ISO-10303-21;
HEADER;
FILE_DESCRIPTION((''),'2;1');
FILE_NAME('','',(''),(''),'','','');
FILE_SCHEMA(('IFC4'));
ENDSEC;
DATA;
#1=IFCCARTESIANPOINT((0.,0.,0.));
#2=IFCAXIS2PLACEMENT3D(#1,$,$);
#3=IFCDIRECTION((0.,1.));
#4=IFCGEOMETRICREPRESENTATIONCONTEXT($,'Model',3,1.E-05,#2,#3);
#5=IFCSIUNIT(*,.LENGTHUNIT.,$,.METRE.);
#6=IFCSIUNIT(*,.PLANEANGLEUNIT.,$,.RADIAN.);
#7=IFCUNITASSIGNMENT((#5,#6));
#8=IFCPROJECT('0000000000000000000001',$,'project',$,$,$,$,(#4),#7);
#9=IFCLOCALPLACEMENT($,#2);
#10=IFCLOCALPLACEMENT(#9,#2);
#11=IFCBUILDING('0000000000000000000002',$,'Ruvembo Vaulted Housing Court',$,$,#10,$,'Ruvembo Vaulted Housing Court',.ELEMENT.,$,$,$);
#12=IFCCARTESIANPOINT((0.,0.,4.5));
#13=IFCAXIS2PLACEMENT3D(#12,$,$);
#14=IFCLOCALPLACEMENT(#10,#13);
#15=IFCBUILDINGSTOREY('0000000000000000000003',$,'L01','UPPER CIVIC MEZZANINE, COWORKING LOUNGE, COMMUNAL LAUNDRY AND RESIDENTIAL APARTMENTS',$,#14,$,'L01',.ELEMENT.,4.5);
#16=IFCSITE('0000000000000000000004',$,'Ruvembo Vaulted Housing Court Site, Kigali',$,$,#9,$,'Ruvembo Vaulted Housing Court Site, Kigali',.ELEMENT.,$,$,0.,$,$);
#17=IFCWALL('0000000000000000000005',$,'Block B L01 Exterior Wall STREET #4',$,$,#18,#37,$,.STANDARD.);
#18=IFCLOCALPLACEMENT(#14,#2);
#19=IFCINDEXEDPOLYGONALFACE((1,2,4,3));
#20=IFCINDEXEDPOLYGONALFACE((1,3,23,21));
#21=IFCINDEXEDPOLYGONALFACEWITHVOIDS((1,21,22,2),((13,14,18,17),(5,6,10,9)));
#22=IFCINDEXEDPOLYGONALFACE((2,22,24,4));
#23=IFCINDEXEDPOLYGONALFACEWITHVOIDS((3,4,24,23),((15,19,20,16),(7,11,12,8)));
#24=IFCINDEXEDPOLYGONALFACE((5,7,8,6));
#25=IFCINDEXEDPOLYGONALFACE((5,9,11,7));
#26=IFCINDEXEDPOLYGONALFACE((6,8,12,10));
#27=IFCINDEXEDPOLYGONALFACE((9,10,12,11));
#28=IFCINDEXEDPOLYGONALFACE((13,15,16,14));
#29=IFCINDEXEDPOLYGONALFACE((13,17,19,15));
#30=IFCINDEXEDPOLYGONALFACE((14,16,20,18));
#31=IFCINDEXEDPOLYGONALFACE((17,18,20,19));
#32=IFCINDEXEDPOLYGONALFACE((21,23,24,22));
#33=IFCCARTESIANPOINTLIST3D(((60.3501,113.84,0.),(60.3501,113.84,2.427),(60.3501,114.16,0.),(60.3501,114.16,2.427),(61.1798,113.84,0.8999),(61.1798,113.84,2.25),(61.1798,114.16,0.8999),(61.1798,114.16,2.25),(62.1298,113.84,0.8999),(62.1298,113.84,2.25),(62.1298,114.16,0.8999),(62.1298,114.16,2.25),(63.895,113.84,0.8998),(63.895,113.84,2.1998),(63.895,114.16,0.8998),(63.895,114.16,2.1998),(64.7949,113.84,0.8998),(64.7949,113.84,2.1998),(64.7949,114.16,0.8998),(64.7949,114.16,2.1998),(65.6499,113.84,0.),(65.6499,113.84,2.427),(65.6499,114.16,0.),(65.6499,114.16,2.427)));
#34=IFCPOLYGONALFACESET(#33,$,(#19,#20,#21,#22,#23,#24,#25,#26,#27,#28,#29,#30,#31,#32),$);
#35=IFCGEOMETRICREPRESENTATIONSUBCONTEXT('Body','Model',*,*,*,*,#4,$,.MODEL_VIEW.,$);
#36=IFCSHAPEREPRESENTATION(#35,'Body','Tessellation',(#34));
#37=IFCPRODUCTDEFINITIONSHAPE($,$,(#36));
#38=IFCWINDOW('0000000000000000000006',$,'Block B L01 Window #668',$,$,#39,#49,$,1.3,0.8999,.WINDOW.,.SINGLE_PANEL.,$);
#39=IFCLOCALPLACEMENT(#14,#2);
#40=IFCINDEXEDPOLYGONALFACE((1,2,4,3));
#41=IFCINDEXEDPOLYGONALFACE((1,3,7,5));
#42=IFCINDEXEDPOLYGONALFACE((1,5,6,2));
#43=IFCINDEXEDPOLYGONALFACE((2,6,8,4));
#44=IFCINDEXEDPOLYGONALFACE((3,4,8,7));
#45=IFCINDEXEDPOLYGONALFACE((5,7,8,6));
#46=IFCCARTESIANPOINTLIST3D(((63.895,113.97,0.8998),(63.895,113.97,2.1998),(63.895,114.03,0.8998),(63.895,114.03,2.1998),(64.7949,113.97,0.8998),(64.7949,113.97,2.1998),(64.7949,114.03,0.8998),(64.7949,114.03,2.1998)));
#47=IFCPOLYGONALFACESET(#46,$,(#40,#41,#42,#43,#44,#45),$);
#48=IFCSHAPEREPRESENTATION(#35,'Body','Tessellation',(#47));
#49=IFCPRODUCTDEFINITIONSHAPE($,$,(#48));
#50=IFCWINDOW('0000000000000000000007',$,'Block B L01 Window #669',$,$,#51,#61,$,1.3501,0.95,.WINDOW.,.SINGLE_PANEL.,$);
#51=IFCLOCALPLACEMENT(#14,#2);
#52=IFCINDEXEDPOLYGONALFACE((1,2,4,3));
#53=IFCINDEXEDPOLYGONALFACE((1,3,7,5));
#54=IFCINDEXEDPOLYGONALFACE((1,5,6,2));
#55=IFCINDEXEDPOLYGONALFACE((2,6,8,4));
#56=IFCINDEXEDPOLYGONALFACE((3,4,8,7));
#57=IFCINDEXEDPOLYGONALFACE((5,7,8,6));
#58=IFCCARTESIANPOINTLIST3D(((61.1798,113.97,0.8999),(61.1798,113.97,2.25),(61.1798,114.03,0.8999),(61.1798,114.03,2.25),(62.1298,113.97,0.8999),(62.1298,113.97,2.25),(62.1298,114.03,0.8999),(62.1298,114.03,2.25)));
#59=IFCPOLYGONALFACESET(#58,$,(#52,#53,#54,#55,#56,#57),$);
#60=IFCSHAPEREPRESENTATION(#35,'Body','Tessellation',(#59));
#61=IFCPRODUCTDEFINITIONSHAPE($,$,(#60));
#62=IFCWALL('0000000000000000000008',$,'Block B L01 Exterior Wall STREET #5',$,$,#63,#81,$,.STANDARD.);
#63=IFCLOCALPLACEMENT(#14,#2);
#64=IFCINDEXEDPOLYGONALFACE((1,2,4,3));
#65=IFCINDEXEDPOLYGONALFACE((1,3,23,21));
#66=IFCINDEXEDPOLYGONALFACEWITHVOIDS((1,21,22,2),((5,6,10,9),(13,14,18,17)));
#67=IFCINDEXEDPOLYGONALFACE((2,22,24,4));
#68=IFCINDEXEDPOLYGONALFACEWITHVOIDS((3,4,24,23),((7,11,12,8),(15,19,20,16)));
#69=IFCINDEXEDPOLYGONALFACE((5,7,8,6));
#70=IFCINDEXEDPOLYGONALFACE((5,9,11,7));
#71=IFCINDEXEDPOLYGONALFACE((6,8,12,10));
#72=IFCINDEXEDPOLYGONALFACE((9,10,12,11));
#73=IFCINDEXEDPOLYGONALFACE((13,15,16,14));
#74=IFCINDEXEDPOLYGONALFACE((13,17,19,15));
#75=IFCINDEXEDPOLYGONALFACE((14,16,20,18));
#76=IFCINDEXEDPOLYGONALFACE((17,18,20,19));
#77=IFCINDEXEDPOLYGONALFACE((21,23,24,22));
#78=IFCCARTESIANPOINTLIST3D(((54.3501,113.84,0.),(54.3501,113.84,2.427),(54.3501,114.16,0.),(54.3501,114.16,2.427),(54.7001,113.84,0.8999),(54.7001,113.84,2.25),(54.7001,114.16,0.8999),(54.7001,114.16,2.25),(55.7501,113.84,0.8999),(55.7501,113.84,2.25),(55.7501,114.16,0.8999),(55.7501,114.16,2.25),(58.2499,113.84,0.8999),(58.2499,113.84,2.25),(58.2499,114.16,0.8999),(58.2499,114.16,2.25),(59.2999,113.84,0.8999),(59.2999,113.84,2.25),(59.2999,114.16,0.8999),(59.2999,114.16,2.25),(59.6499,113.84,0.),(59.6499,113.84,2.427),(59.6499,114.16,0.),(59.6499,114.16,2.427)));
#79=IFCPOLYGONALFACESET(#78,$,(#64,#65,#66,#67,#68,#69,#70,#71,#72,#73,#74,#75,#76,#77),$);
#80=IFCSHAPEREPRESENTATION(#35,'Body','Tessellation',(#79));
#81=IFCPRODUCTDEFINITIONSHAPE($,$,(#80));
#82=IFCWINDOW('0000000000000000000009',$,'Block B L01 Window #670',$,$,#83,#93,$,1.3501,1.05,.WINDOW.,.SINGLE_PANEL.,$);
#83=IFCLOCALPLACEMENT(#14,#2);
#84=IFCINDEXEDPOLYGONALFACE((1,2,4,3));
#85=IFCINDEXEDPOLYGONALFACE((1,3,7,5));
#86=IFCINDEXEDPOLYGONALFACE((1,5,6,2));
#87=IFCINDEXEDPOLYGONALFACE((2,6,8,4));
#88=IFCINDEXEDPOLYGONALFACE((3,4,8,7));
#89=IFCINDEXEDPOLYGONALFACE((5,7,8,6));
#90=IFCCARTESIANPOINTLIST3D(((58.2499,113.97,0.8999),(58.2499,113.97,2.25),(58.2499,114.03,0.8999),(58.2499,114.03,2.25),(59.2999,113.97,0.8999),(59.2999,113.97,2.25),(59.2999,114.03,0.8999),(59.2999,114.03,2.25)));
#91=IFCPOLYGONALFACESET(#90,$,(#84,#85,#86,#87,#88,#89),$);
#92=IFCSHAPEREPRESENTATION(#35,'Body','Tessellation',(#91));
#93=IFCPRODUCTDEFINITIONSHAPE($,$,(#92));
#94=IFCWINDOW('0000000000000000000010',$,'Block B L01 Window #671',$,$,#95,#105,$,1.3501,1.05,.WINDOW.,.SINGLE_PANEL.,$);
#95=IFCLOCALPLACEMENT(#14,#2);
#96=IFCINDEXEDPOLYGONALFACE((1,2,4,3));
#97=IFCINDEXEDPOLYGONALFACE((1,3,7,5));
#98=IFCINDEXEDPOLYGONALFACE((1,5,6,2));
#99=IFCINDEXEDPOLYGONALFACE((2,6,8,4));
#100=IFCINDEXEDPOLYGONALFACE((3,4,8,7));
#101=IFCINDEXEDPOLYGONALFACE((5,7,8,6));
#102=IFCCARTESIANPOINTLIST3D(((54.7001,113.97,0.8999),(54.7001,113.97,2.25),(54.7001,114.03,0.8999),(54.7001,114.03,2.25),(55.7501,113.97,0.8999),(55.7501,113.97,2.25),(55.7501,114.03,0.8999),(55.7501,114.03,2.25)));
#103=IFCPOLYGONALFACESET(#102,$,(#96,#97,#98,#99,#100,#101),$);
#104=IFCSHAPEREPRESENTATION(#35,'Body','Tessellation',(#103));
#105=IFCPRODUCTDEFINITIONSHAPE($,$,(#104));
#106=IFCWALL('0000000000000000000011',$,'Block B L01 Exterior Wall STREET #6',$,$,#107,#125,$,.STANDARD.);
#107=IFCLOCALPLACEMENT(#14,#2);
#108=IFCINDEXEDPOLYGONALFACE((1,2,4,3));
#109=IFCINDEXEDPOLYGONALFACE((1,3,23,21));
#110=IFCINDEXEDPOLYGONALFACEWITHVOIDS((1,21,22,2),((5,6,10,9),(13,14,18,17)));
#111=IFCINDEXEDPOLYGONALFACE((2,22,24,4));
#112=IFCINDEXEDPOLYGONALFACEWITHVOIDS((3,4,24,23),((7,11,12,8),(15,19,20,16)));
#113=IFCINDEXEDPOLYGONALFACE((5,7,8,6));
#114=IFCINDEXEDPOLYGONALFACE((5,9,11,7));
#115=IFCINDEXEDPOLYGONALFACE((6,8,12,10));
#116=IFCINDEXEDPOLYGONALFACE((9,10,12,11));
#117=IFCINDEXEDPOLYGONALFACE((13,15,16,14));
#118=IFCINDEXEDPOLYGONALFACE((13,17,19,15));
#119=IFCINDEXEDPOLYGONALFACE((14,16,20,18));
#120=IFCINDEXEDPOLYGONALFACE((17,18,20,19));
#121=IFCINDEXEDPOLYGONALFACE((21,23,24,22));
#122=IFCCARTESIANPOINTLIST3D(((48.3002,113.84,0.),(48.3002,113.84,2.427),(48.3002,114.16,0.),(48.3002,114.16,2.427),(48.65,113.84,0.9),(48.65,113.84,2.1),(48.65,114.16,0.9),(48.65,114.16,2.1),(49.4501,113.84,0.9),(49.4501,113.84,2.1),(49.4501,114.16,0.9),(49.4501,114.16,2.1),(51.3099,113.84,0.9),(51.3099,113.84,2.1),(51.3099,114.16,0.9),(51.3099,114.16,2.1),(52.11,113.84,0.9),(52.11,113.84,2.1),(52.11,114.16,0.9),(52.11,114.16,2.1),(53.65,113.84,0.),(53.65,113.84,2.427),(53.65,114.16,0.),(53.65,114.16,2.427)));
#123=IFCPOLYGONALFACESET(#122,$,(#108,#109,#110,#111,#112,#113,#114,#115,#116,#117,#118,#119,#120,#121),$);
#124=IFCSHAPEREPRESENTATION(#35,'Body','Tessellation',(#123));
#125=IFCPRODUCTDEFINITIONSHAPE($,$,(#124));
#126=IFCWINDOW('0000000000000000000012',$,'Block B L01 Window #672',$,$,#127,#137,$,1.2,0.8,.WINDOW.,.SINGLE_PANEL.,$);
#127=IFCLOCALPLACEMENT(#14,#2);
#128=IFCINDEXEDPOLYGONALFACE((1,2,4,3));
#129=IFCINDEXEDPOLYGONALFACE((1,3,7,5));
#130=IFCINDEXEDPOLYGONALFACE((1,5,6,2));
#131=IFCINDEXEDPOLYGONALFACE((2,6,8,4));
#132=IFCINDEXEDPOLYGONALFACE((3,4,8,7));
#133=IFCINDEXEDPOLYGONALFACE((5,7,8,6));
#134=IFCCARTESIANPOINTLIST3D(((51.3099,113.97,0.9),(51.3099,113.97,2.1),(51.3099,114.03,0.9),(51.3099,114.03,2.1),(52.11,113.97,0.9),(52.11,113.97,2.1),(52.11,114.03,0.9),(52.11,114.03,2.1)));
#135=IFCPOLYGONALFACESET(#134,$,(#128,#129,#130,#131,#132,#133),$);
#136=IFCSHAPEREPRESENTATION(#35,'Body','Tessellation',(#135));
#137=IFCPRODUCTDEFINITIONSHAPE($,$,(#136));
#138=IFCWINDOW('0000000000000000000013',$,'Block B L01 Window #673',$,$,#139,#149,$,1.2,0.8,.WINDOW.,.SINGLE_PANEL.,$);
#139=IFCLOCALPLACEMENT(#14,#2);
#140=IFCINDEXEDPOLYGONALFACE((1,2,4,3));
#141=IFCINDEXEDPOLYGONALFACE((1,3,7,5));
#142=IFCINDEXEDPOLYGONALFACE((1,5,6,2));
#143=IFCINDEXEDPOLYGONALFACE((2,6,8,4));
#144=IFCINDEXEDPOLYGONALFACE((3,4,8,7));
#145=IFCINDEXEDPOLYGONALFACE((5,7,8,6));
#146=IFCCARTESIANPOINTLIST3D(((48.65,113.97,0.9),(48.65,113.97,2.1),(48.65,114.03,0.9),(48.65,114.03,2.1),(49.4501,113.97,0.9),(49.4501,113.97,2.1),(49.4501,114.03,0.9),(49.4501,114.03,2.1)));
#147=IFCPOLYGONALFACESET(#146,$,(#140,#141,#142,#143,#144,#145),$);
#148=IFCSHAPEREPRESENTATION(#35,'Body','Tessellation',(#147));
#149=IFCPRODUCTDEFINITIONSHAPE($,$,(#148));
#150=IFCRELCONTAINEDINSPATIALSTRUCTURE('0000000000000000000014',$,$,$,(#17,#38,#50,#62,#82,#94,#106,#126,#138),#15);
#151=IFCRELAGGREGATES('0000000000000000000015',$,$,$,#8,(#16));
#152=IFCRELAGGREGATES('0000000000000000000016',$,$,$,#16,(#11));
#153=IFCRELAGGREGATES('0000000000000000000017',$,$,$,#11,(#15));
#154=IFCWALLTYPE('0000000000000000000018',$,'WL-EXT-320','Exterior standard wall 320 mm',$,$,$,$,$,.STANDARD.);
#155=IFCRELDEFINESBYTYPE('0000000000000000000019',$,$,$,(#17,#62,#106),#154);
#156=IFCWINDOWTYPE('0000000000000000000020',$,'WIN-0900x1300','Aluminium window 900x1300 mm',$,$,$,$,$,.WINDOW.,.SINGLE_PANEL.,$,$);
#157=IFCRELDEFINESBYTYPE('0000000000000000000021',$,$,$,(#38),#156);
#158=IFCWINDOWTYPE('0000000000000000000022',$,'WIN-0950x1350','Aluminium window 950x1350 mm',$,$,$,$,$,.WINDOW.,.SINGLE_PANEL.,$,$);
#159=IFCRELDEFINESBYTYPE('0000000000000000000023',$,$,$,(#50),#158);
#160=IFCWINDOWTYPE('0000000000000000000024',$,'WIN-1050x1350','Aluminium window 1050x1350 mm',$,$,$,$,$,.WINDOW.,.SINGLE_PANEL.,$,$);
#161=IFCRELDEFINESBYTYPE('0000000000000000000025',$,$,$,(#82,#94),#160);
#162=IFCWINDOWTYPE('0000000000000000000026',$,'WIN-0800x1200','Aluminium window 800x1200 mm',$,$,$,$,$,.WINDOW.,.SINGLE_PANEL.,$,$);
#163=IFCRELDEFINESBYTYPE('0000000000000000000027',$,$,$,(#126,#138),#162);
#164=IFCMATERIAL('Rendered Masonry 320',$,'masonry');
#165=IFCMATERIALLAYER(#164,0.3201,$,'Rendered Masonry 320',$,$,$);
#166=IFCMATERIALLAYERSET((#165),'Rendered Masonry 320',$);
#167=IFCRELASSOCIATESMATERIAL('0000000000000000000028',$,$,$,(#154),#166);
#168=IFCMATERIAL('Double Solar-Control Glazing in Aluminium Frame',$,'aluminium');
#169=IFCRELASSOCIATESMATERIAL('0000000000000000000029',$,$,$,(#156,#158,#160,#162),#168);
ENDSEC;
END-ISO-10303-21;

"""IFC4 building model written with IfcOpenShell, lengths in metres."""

from ifc_helpers import new_model, si_unit, direction, frame, frame_2d, origin, place, context, subcontext, project, spatial, rectangle, extrude, material, layer, layer_set, type_object, element, fill, save


model = new_model("IFC4")

# Units and contexts
model_context = context("Model", 3, precision=1e-05, world=origin(), true_north=direction((0.0, 1.0)))
body_context = subcontext(model_context, "Body", "Model", "MODEL_VIEW")
ifc_project = project(units=[si_unit("LENGTHUNIT", "METRE"), si_unit("PLANEANGLEUNIT", "RADIAN")], contexts=[model_context])

# Site, building, storey
site_placement = place(None, origin())
site = spatial("IfcSite", under=ifc_project, at=site_placement, Name="Ruvembo Vaulted Housing Court Site, Kigali", LongName="Ruvembo Vaulted Housing Court Site, Kigali", CompositionType="ELEMENT", RefElevation=0.0)
building_placement = place(site_placement, origin())
building = spatial("IfcBuilding", under=site, at=building_placement, Name="Ruvembo Vaulted Housing Court", LongName="Ruvembo Vaulted Housing Court", CompositionType="ELEMENT")
storey_placement = place(building_placement, frame((0.0, 0.0, 4.5)))
storey = spatial("IfcBuildingStorey", under=building, at=storey_placement, Name="L01", Description="UPPER CIVIC MEZZANINE, COWORKING LOUNGE, COMMUNAL LAUNDRY AND RESIDENTIAL APARTMENTS", LongName="L01", CompositionType="ELEMENT", Elevation=4.5)

# Walls, openings, windows
ifc_material_1 = material(Name="Rendered Masonry 320", Category="masonry")
ifc_layer_1 = layer(ifc_material_1, 0.3201, Name="Rendered Masonry 320")
ifc_layer_set_1 = layer_set([ifc_layer_1], Name="Rendered Masonry 320")
wall_type_1 = type_object("IfcWallType", Name="WL-EXT-320", Description="Exterior standard wall 320 mm", PredefinedType="STANDARD", material=ifc_layer_set_1)
wall_1_placement = place(storey_placement, frame((65.6499, 114.0, 0.0), z_axis=(0.0, 0.0, 1.0), x_axis=(-1.0, 0.0, 0.0)))
wall_1 = element("IfcWall", 1, at=wall_1_placement, inside=storey, type_object=wall_type_1, Name="Block B L01 Exterior Wall STREET #4", PredefinedType="STANDARD", context=body_context, shape_type="SweptSolid", body=[
    extrude(rectangle(XDim=5.2998, YDim=0.3201, at=frame_2d((2.6499, 0.0))), origin(), (0.0, 0.0, 1.0), 2.427),
])
opening_1_placement = place(wall_1_placement, frame((0.855, 0.0, 0.8999)))
opening_1 = element("IfcOpeningElement", 2, at=opening_1_placement, cuts=wall_1, PredefinedType="OPENING", context=body_context, shape_type="SweptSolid", body=[
    extrude(rectangle(XDim=0.8999, YDim=1.3, at=frame_2d((0.45, 0.6499))), frame((0.0, 0.1699, 0.0), z_axis=(0.0, -1.0, 0.0), x_axis=(1.0, 0.0, 0.0)), (0.0, 0.0, 1.0), 0.3401),
])
opening_2_placement = place(wall_1_placement, frame((3.52, 0.0, 0.8999)))
opening_2 = element("IfcOpeningElement", 3, at=opening_2_placement, cuts=wall_1, PredefinedType="OPENING", context=body_context, shape_type="SweptSolid", body=[
    extrude(rectangle(XDim=0.95, YDim=1.3501, at=frame_2d((0.4751, 0.675))), frame((0.0, 0.1699, 0.0), z_axis=(0.0, -1.0, 0.0), x_axis=(1.0, 0.0, 0.0)), (0.0, 0.0, 1.0), 0.3401),
])
ifc_material_2 = material(Name="Double Solar-Control Glazing in Aluminium Frame", Category="aluminium")
window_type_1 = type_object("IfcWindowType", Name="WIN-0900x1300", Description="Aluminium window 900x1300 mm", PartitioningType="SINGLE_PANEL", PredefinedType="WINDOW", material=ifc_material_2)
window_1_placement = place(opening_1_placement, origin())
window_1 = element("IfcWindow", 4, at=window_1_placement, inside=storey, type_object=window_type_1, Name="Block B L01 Window #668", OverallHeight=1.3, OverallWidth=0.8999, PartitioningType="SINGLE_PANEL", PredefinedType="WINDOW", context=body_context, shape_type="SweptSolid", body=[
    extrude(rectangle(XDim=0.8999, YDim=1.3, at=frame_2d((0.45, 0.6499))), frame((0.0, 0.03, 0.0), z_axis=(0.0, -1.0, 0.0), x_axis=(1.0, 0.0, 0.0)), (0.0, 0.0, 1.0), 0.0601),
])
fill(opening_1, window_1)
window_type_2 = type_object("IfcWindowType", Name="WIN-0950x1350", Description="Aluminium window 950x1350 mm", PartitioningType="SINGLE_PANEL", PredefinedType="WINDOW", material=ifc_material_2)
window_2_placement = place(opening_2_placement, origin())
window_2 = element("IfcWindow", 5, at=window_2_placement, inside=storey, type_object=window_type_2, Name="Block B L01 Window #669", OverallHeight=1.3501, OverallWidth=0.95, PartitioningType="SINGLE_PANEL", PredefinedType="WINDOW", context=body_context, shape_type="SweptSolid", body=[
    extrude(rectangle(XDim=0.95, YDim=1.3501, at=frame_2d((0.4751, 0.675))), frame((0.0, 0.03, 0.0), z_axis=(0.0, -1.0, 0.0), x_axis=(1.0, 0.0, 0.0)), (0.0, 0.0, 1.0), 0.0601),
])
fill(opening_2, window_2)
wall_2_placement = place(storey_placement, frame((59.6499, 114.0, 0.0), z_axis=(0.0, 0.0, 1.0), x_axis=(-1.0, 0.0, 0.0)))
wall_2 = element("IfcWall", 6, at=wall_2_placement, inside=storey, type_object=wall_type_1, Name="Block B L01 Exterior Wall STREET #5", PredefinedType="STANDARD", context=body_context, shape_type="SweptSolid", body=[
    extrude(rectangle(XDim=5.2998, YDim=0.3201, at=frame_2d((2.6499, 0.0))), origin(), (0.0, 0.0, 1.0), 2.427),
])
opening_3_placement = place(wall_2_placement, frame((0.3501, 0.0, 0.8999)))
opening_3 = element("IfcOpeningElement", 7, at=opening_3_placement, cuts=wall_2, PredefinedType="OPENING", context=body_context, shape_type="SweptSolid", body=[
    extrude(rectangle(XDim=1.05, YDim=1.3501, at=frame_2d((0.5249, 0.675))), frame((0.0, 0.1699, 0.0), z_axis=(0.0, -1.0, 0.0), x_axis=(1.0, 0.0, 0.0)), (0.0, 0.0, 1.0), 0.3401),
])
opening_4_placement = place(wall_2_placement, frame((3.8999, 0.0, 0.8999)))
opening_4 = element("IfcOpeningElement", 8, at=opening_4_placement, cuts=wall_2, PredefinedType="OPENING", context=body_context, shape_type="SweptSolid", body=[
    extrude(rectangle(XDim=1.05, YDim=1.3501, at=frame_2d((0.5249, 0.675))), frame((0.0, 0.1699, 0.0), z_axis=(0.0, -1.0, 0.0), x_axis=(1.0, 0.0, 0.0)), (0.0, 0.0, 1.0), 0.3401),
])
window_type_3 = type_object("IfcWindowType", Name="WIN-1050x1350", Description="Aluminium window 1050x1350 mm", PartitioningType="SINGLE_PANEL", PredefinedType="WINDOW", material=ifc_material_2)
window_3_placement = place(opening_3_placement, origin())
window_3 = element("IfcWindow", 9, at=window_3_placement, inside=storey, type_object=window_type_3, Name="Block B L01 Window #670", OverallHeight=1.3501, OverallWidth=1.05, PartitioningType="SINGLE_PANEL", PredefinedType="WINDOW", context=body_context, shape_type="SweptSolid", body=[
    extrude(rectangle(XDim=1.05, YDim=1.3501, at=frame_2d((0.5249, 0.675))), frame((0.0, 0.03, 0.0), z_axis=(0.0, -1.0, 0.0), x_axis=(1.0, 0.0, 0.0)), (0.0, 0.0, 1.0), 0.0601),
])
fill(opening_3, window_3)
window_4_placement = place(opening_4_placement, origin())
window_4 = element("IfcWindow", 10, at=window_4_placement, inside=storey, type_object=window_type_3, Name="Block B L01 Window #671", OverallHeight=1.3501, OverallWidth=1.05, PartitioningType="SINGLE_PANEL", PredefinedType="WINDOW", context=body_context, shape_type="SweptSolid", body=[
    extrude(rectangle(XDim=1.05, YDim=1.3501, at=frame_2d((0.5249, 0.675))), frame((0.0, 0.03, 0.0), z_axis=(0.0, -1.0, 0.0), x_axis=(1.0, 0.0, 0.0)), (0.0, 0.0, 1.0), 0.0601),
])
fill(opening_4, window_4)
wall_3_placement = place(storey_placement, frame((53.6499, 114.0, 0.0), z_axis=(0.0, 0.0, 1.0), x_axis=(-1.0, 0.0, 0.0)))
wall_3 = element("IfcWall", 11, at=wall_3_placement, inside=storey, type_object=wall_type_1, Name="Block B L01 Exterior Wall STREET #6", PredefinedType="STANDARD", context=body_context, shape_type="SweptSolid", body=[
    extrude(rectangle(XDim=5.3499, YDim=0.3201, at=frame_2d((2.6748, 0.0))), origin(), (0.0, 0.0, 1.0), 2.427),
])
opening_5_placement = place(wall_3_placement, frame((1.54, 0.0, 0.8999)))
opening_5 = element("IfcOpeningElement", 12, at=opening_5_placement, cuts=wall_3, PredefinedType="OPENING", context=body_context, shape_type="SweptSolid", body=[
    extrude(rectangle(XDim=0.8, YDim=1.2, at=frame_2d((0.3999, 0.6001))), frame((0.0, 0.1699, 0.0), z_axis=(0.0, -1.0, 0.0), x_axis=(1.0, 0.0, 0.0)), (0.0, 0.0, 1.0), 0.3401),
])
opening_6_placement = place(wall_3_placement, frame((4.2, 0.0, 0.8999)))
opening_6 = element("IfcOpeningElement", 13, at=opening_6_placement, cuts=wall_3, PredefinedType="OPENING", context=body_context, shape_type="SweptSolid", body=[
    extrude(rectangle(XDim=0.8, YDim=1.2, at=frame_2d((0.3999, 0.6001))), frame((0.0, 0.1699, 0.0), z_axis=(0.0, -1.0, 0.0), x_axis=(1.0, 0.0, 0.0)), (0.0, 0.0, 1.0), 0.3401),
])
window_type_4 = type_object("IfcWindowType", Name="WIN-0800x1200", Description="Aluminium window 800x1200 mm", PartitioningType="SINGLE_PANEL", PredefinedType="WINDOW", material=ifc_material_2)
window_5_placement = place(opening_5_placement, origin())
window_5 = element("IfcWindow", 14, at=window_5_placement, inside=storey, type_object=window_type_4, Name="Block B L01 Window #672", OverallHeight=1.2, OverallWidth=0.8, PartitioningType="SINGLE_PANEL", PredefinedType="WINDOW", context=body_context, shape_type="SweptSolid", body=[
    extrude(rectangle(XDim=0.8, YDim=1.2, at=frame_2d((0.3999, 0.6001))), frame((0.0, 0.03, 0.0), z_axis=(0.0, -1.0, 0.0), x_axis=(1.0, 0.0, 0.0)), (0.0, 0.0, 1.0), 0.0601),
])
fill(opening_5, window_5)
window_6_placement = place(opening_6_placement, origin())
window_6 = element("IfcWindow", 15, at=window_6_placement, inside=storey, type_object=window_type_4, Name="Block B L01 Window #673", OverallHeight=1.2, OverallWidth=0.8, PartitioningType="SINGLE_PANEL", PredefinedType="WINDOW", context=body_context, shape_type="SweptSolid", body=[
    extrude(rectangle(XDim=0.8, YDim=1.2, at=frame_2d((0.3999, 0.6001))), frame((0.0, 0.03, 0.0), z_axis=(0.0, -1.0, 0.0), x_axis=(1.0, 0.0, 0.0)), (0.0, 0.0, 1.0), 0.0601),
])
fill(opening_6, window_6)

save(model, "model.ifc")
